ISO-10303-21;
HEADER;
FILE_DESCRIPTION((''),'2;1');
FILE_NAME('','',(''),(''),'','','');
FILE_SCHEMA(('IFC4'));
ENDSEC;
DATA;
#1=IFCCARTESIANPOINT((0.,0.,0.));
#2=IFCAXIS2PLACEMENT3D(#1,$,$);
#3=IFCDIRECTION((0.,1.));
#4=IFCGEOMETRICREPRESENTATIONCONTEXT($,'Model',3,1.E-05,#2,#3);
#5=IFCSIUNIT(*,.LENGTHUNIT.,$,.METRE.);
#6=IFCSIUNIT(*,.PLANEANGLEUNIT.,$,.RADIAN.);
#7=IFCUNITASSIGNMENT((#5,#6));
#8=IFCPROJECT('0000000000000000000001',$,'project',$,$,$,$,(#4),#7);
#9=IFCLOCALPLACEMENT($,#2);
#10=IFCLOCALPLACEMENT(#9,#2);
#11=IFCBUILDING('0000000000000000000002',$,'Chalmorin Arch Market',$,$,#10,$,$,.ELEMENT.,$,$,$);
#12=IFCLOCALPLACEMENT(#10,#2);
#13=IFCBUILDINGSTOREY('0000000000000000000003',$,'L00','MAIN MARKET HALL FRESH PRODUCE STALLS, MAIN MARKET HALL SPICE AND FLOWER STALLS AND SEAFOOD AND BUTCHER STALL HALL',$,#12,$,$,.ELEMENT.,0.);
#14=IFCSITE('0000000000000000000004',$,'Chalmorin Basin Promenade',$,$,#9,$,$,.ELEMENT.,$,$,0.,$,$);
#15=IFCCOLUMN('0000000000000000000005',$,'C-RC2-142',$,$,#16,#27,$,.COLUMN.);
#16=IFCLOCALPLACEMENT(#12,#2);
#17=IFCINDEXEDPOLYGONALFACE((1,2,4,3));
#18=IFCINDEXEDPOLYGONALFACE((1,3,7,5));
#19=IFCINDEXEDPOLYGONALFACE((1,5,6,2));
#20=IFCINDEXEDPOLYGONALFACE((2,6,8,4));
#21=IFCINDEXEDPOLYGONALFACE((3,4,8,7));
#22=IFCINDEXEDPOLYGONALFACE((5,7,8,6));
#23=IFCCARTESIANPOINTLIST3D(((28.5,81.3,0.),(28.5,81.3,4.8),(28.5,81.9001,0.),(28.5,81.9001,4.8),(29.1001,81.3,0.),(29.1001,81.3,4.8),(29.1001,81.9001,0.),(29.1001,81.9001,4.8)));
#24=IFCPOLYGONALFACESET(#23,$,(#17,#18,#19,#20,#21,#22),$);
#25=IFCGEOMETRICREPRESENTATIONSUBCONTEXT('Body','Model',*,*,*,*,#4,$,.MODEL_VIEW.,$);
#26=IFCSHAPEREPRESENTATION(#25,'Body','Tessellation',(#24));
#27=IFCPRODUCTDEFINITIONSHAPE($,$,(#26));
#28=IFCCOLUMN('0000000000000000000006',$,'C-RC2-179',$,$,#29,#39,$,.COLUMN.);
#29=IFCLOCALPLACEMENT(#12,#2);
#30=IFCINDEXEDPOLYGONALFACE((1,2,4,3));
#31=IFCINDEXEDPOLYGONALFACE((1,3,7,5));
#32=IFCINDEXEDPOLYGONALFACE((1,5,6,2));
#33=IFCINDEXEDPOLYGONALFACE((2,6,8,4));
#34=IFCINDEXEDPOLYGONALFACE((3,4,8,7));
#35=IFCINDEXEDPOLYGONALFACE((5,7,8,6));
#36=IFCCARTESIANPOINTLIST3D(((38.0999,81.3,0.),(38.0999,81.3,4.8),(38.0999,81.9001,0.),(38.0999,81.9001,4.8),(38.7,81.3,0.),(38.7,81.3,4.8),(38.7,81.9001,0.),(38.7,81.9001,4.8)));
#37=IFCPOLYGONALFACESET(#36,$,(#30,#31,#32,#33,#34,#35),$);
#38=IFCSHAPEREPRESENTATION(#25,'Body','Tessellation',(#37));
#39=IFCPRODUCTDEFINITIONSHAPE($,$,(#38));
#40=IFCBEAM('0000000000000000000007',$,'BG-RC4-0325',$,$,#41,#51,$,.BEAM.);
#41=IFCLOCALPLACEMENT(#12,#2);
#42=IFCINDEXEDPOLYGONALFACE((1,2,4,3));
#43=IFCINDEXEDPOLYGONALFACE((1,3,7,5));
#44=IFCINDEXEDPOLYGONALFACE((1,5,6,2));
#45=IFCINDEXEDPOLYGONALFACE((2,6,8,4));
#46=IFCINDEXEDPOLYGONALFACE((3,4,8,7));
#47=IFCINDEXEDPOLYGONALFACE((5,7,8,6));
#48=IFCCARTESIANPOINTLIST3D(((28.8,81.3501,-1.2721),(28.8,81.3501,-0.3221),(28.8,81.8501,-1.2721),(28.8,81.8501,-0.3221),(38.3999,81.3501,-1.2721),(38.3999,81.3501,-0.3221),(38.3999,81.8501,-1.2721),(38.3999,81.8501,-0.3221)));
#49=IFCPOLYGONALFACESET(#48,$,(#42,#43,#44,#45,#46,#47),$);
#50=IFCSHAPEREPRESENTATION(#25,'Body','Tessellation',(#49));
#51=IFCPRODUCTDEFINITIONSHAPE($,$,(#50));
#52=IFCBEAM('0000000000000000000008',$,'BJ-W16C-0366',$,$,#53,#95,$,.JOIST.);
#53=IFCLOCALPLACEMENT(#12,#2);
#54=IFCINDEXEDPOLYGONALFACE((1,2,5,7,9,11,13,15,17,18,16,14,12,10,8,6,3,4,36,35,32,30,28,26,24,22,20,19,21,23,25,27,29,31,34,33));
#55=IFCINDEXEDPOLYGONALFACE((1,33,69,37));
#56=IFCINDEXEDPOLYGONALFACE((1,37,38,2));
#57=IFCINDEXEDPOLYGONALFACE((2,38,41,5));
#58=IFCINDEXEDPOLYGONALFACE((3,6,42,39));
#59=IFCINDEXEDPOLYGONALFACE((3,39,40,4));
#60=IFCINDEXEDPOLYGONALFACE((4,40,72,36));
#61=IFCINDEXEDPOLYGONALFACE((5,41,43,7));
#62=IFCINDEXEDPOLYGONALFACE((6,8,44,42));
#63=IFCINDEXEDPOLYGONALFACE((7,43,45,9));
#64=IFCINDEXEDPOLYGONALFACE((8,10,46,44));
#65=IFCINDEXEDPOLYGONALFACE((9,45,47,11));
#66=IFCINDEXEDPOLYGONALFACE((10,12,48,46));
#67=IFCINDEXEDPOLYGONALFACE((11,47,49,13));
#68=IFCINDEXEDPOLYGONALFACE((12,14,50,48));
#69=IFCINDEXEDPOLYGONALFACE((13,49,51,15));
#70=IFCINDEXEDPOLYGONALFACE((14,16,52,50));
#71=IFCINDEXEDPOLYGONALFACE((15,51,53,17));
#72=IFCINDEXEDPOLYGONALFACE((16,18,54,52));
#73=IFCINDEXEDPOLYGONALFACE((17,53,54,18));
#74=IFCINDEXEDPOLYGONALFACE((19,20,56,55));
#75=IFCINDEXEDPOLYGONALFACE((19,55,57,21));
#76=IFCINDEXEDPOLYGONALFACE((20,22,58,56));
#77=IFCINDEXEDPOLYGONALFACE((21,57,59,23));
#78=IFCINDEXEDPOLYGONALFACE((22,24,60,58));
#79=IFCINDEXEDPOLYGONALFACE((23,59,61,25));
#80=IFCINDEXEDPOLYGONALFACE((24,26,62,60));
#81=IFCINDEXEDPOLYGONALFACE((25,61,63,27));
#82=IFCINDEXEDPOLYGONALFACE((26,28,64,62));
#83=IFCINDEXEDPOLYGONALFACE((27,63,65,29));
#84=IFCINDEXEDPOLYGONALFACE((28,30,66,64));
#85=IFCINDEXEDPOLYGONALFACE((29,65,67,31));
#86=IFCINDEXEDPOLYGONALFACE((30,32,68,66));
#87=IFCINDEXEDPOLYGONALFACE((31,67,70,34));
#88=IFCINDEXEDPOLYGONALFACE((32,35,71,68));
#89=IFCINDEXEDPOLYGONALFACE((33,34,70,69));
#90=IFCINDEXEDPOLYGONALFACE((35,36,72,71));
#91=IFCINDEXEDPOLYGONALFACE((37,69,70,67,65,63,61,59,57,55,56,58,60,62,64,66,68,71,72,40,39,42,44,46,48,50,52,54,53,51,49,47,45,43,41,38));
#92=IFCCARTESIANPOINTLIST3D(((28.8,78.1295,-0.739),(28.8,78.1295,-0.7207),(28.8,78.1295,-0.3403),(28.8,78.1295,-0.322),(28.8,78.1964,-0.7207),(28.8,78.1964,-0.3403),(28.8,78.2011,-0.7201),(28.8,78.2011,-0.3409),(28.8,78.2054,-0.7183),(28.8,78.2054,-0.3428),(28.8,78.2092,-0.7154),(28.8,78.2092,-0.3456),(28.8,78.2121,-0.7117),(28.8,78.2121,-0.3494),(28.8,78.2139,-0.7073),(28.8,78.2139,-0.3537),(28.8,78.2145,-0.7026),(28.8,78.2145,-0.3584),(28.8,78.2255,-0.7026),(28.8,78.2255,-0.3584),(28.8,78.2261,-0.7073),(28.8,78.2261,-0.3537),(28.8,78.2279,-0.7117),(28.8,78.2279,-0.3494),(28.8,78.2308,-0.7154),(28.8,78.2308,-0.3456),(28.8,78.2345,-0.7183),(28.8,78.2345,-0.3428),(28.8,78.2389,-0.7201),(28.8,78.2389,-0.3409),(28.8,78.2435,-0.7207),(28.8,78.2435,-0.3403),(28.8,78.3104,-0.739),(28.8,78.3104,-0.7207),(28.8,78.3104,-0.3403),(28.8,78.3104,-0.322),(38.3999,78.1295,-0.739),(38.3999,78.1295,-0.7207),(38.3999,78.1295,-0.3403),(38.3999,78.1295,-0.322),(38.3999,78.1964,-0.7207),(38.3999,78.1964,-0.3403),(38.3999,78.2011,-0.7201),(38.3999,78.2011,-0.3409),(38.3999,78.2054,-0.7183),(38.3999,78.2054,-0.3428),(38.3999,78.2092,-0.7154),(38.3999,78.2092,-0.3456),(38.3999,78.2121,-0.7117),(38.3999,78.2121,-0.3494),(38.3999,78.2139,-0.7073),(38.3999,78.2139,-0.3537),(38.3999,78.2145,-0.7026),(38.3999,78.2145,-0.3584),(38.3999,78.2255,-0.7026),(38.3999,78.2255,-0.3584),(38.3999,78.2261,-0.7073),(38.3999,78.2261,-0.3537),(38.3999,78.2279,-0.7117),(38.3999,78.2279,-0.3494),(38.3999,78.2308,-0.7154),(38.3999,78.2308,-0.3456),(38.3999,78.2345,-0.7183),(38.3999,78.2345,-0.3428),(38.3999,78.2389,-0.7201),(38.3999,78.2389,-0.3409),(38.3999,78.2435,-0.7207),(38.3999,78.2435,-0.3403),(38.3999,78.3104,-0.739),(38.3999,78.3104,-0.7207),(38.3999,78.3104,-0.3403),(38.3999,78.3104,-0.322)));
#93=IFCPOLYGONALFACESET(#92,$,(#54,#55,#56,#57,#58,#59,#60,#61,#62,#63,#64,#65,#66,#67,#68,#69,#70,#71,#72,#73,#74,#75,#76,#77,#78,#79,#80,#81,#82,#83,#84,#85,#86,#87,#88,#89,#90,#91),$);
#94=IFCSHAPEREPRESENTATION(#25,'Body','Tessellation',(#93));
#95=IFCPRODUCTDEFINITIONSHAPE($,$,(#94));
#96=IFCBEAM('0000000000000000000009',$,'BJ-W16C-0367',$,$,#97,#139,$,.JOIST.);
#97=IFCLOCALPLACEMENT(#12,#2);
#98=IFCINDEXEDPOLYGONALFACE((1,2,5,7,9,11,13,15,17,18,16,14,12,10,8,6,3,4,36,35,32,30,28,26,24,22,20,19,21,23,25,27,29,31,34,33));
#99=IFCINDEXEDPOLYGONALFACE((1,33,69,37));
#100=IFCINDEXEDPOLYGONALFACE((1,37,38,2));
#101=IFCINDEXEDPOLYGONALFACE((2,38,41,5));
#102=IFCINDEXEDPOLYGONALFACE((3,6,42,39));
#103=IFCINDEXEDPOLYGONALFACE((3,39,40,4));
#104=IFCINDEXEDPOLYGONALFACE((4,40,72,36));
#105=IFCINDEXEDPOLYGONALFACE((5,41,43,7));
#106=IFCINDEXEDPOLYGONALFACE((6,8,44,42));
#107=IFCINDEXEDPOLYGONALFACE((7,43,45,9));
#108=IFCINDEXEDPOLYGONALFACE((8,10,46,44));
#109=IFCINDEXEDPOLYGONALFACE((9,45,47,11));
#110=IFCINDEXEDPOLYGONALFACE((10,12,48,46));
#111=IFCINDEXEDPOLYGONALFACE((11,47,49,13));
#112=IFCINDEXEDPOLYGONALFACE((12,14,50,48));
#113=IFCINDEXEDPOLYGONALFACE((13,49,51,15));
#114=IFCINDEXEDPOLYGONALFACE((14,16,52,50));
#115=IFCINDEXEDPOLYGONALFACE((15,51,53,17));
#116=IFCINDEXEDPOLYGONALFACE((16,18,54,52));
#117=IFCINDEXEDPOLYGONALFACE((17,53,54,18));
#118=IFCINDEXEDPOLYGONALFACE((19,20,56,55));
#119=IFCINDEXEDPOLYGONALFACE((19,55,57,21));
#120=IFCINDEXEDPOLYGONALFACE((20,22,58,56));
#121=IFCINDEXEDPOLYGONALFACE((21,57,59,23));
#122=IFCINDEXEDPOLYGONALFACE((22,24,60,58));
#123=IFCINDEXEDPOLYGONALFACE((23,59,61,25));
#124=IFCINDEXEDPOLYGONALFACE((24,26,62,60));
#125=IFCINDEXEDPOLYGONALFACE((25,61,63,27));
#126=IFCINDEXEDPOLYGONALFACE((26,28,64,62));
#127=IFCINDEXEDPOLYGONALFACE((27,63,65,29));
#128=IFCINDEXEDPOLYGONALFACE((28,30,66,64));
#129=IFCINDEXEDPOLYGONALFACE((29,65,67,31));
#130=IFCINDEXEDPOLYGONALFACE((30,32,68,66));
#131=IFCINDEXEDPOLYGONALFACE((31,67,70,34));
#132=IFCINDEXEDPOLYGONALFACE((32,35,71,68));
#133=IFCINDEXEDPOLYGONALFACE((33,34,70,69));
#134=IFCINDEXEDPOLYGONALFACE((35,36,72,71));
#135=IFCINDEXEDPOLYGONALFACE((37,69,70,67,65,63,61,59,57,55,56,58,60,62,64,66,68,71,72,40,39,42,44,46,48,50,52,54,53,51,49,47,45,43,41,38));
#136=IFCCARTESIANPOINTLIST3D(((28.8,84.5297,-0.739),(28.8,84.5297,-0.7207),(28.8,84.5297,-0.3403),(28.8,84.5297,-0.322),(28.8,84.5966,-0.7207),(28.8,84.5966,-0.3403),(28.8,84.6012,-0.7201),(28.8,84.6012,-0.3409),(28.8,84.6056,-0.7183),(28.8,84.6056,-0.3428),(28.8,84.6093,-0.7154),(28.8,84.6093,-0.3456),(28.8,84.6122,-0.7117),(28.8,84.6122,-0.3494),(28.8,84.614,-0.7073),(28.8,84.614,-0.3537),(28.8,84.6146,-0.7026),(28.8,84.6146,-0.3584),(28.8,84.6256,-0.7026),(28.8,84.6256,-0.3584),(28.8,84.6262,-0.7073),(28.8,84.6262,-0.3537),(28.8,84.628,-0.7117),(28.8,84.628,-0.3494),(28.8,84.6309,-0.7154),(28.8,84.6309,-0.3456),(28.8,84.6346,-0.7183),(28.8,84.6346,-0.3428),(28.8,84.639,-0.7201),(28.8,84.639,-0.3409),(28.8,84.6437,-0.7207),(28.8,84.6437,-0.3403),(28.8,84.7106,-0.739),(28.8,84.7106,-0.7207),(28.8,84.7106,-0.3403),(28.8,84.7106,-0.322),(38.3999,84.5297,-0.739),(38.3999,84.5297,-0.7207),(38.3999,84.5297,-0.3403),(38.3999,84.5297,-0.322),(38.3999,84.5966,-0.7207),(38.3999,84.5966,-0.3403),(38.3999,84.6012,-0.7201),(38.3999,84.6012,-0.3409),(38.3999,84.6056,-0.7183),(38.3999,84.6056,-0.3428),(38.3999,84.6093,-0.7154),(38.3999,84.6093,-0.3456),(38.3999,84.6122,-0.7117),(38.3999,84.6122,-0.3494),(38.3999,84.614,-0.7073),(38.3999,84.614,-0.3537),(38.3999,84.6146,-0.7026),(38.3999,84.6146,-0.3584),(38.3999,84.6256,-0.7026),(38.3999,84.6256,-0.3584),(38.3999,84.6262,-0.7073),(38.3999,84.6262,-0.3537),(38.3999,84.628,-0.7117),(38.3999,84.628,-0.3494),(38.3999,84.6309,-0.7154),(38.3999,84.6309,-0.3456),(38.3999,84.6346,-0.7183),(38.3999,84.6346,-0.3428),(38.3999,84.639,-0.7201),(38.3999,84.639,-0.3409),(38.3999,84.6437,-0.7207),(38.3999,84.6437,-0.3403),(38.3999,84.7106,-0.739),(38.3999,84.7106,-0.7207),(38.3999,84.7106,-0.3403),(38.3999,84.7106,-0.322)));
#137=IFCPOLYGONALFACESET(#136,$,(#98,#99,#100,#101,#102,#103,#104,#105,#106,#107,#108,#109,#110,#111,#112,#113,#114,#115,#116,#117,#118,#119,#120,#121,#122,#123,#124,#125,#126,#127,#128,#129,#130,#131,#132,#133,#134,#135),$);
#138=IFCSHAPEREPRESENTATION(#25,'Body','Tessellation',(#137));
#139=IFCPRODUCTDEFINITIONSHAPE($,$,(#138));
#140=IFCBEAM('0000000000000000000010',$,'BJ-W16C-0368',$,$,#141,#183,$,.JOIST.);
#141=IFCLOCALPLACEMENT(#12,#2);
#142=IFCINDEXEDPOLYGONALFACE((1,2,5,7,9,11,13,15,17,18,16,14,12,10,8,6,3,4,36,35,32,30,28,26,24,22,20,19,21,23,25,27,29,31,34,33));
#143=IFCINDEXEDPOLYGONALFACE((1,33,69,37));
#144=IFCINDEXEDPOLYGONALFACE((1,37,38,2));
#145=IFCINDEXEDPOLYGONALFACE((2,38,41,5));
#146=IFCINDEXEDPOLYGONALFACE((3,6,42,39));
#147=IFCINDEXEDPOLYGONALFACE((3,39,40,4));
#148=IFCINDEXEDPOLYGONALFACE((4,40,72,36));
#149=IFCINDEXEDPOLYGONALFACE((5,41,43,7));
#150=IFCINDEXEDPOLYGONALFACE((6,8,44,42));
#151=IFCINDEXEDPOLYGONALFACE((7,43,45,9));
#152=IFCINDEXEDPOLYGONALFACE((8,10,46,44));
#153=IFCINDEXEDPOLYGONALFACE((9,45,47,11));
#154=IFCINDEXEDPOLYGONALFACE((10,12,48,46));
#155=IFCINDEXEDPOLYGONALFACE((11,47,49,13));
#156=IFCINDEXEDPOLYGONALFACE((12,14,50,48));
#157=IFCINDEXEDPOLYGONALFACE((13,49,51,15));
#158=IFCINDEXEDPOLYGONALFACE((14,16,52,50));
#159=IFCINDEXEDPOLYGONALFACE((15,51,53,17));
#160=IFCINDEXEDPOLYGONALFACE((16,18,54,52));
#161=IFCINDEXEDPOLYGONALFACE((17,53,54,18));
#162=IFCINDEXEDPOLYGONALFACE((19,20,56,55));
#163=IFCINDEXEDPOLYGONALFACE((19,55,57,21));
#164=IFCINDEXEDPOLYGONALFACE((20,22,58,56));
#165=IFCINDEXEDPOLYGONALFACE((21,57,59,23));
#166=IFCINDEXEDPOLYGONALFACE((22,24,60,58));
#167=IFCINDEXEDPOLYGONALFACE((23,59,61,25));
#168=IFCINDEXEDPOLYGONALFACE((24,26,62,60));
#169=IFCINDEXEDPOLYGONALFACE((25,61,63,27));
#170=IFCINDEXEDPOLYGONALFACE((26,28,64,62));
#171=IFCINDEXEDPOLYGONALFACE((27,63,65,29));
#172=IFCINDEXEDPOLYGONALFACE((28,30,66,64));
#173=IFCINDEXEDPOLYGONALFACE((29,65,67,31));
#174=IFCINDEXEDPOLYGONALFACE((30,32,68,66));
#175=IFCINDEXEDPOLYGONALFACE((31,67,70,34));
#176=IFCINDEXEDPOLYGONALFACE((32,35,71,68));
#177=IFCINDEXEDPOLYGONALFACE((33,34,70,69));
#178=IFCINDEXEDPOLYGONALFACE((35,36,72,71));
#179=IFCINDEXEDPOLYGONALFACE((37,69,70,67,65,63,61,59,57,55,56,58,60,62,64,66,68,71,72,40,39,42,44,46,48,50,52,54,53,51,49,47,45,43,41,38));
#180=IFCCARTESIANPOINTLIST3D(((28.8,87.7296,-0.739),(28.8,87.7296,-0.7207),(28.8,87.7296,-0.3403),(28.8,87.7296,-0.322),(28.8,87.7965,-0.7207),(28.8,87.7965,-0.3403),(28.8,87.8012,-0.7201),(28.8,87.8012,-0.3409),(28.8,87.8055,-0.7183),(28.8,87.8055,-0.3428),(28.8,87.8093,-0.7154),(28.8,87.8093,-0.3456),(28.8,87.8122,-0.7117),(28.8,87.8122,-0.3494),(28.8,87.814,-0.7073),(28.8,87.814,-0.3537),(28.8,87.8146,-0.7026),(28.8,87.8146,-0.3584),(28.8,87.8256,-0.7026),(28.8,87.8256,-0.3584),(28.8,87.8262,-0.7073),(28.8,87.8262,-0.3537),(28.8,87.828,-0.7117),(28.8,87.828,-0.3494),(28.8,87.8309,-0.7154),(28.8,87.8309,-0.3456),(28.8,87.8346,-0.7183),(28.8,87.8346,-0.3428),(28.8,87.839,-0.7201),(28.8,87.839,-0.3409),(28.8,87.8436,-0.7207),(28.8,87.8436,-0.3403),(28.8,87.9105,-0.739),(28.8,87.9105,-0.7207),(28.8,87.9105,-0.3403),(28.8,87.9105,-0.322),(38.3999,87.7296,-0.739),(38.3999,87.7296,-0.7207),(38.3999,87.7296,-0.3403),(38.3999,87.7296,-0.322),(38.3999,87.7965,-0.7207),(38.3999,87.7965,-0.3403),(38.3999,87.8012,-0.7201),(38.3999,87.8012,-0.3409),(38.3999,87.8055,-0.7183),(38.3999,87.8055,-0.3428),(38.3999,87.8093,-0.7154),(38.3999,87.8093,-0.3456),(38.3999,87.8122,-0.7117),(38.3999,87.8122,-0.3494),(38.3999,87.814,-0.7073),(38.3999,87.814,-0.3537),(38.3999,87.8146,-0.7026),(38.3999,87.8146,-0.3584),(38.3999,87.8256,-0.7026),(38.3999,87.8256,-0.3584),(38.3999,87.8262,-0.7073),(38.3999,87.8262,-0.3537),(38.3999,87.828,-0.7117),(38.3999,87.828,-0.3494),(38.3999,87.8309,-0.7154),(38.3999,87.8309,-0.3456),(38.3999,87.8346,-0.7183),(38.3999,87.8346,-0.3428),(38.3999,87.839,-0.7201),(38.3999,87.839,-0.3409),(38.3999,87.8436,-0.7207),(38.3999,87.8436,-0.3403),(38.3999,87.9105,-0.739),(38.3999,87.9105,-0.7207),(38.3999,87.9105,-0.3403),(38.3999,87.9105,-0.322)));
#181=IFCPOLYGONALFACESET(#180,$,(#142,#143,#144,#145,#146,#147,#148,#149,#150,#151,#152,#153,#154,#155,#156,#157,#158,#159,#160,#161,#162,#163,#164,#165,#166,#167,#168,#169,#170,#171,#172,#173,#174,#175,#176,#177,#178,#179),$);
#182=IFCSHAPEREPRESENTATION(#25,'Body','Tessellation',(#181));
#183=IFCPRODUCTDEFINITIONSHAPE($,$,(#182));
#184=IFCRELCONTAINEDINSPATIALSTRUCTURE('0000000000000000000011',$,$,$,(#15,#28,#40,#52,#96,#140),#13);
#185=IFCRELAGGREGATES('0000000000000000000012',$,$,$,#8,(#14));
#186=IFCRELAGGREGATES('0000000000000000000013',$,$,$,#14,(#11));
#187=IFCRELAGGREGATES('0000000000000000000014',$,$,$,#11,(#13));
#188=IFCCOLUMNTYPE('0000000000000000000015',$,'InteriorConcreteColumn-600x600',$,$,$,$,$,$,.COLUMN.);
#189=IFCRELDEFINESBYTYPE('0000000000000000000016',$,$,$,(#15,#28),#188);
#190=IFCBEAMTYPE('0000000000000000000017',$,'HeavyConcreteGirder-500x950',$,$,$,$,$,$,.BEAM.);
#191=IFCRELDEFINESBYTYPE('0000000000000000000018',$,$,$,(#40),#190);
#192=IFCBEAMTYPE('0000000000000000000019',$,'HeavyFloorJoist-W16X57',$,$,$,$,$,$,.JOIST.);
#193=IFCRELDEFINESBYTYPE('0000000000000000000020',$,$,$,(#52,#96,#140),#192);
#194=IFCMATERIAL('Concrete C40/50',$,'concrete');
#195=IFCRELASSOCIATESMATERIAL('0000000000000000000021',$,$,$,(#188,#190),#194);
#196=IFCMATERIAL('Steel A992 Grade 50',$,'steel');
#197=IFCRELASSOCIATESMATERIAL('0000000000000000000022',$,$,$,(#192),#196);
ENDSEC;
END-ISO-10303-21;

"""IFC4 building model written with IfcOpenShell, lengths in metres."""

from ifc_helpers import new_model, si_unit, direction, frame, origin, origin_2d, place, context, subcontext, project, spatial, rectangle, i_section, extrude, material, material_profile, profile_set, type_object, element, save


model = new_model("IFC4")

# Units and contexts
model_context = context("Model", 3, precision=1e-05, world=origin(), true_north=direction((0.0, 1.0)))
body_context = subcontext(model_context, "Body", "Model", "MODEL_VIEW")
ifc_project = project(units=[si_unit("LENGTHUNIT", "METRE"), si_unit("PLANEANGLEUNIT", "RADIAN")], contexts=[model_context])

# Site, building, storey
site_placement = place(None, origin())
site = spatial("IfcSite", under=ifc_project, at=site_placement, Name="Chalmorin Basin Promenade", CompositionType="ELEMENT", RefElevation=0.0)
building_placement = place(site_placement, origin())
building = spatial("IfcBuilding", under=site, at=building_placement, Name="Chalmorin Arch Market", CompositionType="ELEMENT")
storey_placement = place(building_placement, origin())
storey = spatial("IfcBuildingStorey", under=building, at=storey_placement, Name="L00", Description="MAIN MARKET HALL FRESH PRODUCE STALLS, MAIN MARKET HALL SPICE AND FLOWER STALLS AND SEAFOOD AND BUTCHER STALL HALL", CompositionType="ELEMENT", Elevation=0.0)

# Columns
ifc_material_1 = material(Name="Concrete C40/50", Category="concrete")
ifc_material_profile_1 = material_profile(ifc_material_1, rectangle(XDim=0.6001, YDim=0.6001, at=origin_2d()), Name="RC600X600")
ifc_profile_set_1 = profile_set([ifc_material_profile_1], Name="Concrete C40/50")
column_type = type_object("IfcColumnType", Name="InteriorConcreteColumn-600x600", PredefinedType="COLUMN", material=ifc_profile_set_1)
for number, where, z_axis, x_axis, name in (
    (1, (28.8, 81.6001, 0.0), (0.0, 0.0, 1.0), (1.0, 0.0, 0.0), "C-RC2-142"),
    (2, (38.3999, 81.6001, 0.0), (0.0, 0.0, 1.0), (1.0, 0.0, 0.0), "C-RC2-179"),
):
    element("IfcColumn", number, at=place(storey_placement, frame(where, z_axis=z_axis, x_axis=x_axis)), inside=storey, type_object=column_type, Name=name, PredefinedType="COLUMN", context=body_context, shape_type="SweptSolid", body=[
        extrude(rectangle(XDim=0.6001, YDim=0.6001, at=origin_2d()), origin(), (0.0, 0.0, 1.0), 4.8),
    ])

# Beams
ifc_material_profile_2 = material_profile(ifc_material_1, rectangle(XDim=0.5, YDim=0.95, at=origin_2d()), Name="RC500X950")
ifc_profile_set_2 = profile_set([ifc_material_profile_2], Name="Concrete C40/50")
beam_type_1 = type_object("IfcBeamType", Name="HeavyConcreteGirder-500x950", PredefinedType="BEAM", material=ifc_profile_set_2)
beam_1_placement = place(storey_placement, frame((28.8, 81.6001, -0.7971), z_axis=(1.0, 0.0, 0.0), x_axis=(0.0, 1.0, 0.0)))
element("IfcBeam", 3, at=beam_1_placement, inside=storey, type_object=beam_type_1, Name="BG-RC4-0325", PredefinedType="BEAM", context=body_context, shape_type="SweptSolid", body=[
    extrude(rectangle(XDim=0.5, YDim=0.95, at=origin_2d()), origin(), (0.0, 0.0, 1.0), 9.5999),
])
ifc_material_2 = material(Name="Steel A992 Grade 50", Category="steel")
ifc_material_profile_3 = material_profile(ifc_material_2, i_section(OverallWidth=0.1809, OverallDepth=0.417, WebThickness=0.011, FlangeThickness=0.0183, FilletRadius=0.0181, at=origin_2d()), Name="W16X57")
ifc_profile_set_3 = profile_set([ifc_material_profile_3], Name="Steel A992 Grade 50")
beam_type_2 = type_object("IfcBeamType", Name="HeavyFloorJoist-W16X57", PredefinedType="JOIST", material=ifc_profile_set_3)
for number, where, z_axis, x_axis, name in (
    (4, (28.8, 78.22, -0.5305), (1.0, 0.0, 0.0), (0.0, 1.0, 0.0), "BJ-W16C-0366"),
    (5, (28.8, 84.6201, -0.5305), (1.0, 0.0, 0.0), (0.0, 1.0, 0.0), "BJ-W16C-0367"),
    (6, (28.8, 87.8201, -0.5305), (1.0, 0.0, 0.0), (0.0, 1.0, 0.0), "BJ-W16C-0368"),
):
    element("IfcBeam", number, at=place(storey_placement, frame(where, z_axis=z_axis, x_axis=x_axis)), inside=storey, type_object=beam_type_2, Name=name, PredefinedType="JOIST", context=body_context, shape_type="SweptSolid", body=[
        extrude(i_section(OverallWidth=0.1809, OverallDepth=0.417, WebThickness=0.011, FlangeThickness=0.0183, FilletRadius=0.0181, at=origin_2d()), origin(), (0.0, 0.0, 1.0), 9.5999),
    ])

save(model, "model.ifc")
